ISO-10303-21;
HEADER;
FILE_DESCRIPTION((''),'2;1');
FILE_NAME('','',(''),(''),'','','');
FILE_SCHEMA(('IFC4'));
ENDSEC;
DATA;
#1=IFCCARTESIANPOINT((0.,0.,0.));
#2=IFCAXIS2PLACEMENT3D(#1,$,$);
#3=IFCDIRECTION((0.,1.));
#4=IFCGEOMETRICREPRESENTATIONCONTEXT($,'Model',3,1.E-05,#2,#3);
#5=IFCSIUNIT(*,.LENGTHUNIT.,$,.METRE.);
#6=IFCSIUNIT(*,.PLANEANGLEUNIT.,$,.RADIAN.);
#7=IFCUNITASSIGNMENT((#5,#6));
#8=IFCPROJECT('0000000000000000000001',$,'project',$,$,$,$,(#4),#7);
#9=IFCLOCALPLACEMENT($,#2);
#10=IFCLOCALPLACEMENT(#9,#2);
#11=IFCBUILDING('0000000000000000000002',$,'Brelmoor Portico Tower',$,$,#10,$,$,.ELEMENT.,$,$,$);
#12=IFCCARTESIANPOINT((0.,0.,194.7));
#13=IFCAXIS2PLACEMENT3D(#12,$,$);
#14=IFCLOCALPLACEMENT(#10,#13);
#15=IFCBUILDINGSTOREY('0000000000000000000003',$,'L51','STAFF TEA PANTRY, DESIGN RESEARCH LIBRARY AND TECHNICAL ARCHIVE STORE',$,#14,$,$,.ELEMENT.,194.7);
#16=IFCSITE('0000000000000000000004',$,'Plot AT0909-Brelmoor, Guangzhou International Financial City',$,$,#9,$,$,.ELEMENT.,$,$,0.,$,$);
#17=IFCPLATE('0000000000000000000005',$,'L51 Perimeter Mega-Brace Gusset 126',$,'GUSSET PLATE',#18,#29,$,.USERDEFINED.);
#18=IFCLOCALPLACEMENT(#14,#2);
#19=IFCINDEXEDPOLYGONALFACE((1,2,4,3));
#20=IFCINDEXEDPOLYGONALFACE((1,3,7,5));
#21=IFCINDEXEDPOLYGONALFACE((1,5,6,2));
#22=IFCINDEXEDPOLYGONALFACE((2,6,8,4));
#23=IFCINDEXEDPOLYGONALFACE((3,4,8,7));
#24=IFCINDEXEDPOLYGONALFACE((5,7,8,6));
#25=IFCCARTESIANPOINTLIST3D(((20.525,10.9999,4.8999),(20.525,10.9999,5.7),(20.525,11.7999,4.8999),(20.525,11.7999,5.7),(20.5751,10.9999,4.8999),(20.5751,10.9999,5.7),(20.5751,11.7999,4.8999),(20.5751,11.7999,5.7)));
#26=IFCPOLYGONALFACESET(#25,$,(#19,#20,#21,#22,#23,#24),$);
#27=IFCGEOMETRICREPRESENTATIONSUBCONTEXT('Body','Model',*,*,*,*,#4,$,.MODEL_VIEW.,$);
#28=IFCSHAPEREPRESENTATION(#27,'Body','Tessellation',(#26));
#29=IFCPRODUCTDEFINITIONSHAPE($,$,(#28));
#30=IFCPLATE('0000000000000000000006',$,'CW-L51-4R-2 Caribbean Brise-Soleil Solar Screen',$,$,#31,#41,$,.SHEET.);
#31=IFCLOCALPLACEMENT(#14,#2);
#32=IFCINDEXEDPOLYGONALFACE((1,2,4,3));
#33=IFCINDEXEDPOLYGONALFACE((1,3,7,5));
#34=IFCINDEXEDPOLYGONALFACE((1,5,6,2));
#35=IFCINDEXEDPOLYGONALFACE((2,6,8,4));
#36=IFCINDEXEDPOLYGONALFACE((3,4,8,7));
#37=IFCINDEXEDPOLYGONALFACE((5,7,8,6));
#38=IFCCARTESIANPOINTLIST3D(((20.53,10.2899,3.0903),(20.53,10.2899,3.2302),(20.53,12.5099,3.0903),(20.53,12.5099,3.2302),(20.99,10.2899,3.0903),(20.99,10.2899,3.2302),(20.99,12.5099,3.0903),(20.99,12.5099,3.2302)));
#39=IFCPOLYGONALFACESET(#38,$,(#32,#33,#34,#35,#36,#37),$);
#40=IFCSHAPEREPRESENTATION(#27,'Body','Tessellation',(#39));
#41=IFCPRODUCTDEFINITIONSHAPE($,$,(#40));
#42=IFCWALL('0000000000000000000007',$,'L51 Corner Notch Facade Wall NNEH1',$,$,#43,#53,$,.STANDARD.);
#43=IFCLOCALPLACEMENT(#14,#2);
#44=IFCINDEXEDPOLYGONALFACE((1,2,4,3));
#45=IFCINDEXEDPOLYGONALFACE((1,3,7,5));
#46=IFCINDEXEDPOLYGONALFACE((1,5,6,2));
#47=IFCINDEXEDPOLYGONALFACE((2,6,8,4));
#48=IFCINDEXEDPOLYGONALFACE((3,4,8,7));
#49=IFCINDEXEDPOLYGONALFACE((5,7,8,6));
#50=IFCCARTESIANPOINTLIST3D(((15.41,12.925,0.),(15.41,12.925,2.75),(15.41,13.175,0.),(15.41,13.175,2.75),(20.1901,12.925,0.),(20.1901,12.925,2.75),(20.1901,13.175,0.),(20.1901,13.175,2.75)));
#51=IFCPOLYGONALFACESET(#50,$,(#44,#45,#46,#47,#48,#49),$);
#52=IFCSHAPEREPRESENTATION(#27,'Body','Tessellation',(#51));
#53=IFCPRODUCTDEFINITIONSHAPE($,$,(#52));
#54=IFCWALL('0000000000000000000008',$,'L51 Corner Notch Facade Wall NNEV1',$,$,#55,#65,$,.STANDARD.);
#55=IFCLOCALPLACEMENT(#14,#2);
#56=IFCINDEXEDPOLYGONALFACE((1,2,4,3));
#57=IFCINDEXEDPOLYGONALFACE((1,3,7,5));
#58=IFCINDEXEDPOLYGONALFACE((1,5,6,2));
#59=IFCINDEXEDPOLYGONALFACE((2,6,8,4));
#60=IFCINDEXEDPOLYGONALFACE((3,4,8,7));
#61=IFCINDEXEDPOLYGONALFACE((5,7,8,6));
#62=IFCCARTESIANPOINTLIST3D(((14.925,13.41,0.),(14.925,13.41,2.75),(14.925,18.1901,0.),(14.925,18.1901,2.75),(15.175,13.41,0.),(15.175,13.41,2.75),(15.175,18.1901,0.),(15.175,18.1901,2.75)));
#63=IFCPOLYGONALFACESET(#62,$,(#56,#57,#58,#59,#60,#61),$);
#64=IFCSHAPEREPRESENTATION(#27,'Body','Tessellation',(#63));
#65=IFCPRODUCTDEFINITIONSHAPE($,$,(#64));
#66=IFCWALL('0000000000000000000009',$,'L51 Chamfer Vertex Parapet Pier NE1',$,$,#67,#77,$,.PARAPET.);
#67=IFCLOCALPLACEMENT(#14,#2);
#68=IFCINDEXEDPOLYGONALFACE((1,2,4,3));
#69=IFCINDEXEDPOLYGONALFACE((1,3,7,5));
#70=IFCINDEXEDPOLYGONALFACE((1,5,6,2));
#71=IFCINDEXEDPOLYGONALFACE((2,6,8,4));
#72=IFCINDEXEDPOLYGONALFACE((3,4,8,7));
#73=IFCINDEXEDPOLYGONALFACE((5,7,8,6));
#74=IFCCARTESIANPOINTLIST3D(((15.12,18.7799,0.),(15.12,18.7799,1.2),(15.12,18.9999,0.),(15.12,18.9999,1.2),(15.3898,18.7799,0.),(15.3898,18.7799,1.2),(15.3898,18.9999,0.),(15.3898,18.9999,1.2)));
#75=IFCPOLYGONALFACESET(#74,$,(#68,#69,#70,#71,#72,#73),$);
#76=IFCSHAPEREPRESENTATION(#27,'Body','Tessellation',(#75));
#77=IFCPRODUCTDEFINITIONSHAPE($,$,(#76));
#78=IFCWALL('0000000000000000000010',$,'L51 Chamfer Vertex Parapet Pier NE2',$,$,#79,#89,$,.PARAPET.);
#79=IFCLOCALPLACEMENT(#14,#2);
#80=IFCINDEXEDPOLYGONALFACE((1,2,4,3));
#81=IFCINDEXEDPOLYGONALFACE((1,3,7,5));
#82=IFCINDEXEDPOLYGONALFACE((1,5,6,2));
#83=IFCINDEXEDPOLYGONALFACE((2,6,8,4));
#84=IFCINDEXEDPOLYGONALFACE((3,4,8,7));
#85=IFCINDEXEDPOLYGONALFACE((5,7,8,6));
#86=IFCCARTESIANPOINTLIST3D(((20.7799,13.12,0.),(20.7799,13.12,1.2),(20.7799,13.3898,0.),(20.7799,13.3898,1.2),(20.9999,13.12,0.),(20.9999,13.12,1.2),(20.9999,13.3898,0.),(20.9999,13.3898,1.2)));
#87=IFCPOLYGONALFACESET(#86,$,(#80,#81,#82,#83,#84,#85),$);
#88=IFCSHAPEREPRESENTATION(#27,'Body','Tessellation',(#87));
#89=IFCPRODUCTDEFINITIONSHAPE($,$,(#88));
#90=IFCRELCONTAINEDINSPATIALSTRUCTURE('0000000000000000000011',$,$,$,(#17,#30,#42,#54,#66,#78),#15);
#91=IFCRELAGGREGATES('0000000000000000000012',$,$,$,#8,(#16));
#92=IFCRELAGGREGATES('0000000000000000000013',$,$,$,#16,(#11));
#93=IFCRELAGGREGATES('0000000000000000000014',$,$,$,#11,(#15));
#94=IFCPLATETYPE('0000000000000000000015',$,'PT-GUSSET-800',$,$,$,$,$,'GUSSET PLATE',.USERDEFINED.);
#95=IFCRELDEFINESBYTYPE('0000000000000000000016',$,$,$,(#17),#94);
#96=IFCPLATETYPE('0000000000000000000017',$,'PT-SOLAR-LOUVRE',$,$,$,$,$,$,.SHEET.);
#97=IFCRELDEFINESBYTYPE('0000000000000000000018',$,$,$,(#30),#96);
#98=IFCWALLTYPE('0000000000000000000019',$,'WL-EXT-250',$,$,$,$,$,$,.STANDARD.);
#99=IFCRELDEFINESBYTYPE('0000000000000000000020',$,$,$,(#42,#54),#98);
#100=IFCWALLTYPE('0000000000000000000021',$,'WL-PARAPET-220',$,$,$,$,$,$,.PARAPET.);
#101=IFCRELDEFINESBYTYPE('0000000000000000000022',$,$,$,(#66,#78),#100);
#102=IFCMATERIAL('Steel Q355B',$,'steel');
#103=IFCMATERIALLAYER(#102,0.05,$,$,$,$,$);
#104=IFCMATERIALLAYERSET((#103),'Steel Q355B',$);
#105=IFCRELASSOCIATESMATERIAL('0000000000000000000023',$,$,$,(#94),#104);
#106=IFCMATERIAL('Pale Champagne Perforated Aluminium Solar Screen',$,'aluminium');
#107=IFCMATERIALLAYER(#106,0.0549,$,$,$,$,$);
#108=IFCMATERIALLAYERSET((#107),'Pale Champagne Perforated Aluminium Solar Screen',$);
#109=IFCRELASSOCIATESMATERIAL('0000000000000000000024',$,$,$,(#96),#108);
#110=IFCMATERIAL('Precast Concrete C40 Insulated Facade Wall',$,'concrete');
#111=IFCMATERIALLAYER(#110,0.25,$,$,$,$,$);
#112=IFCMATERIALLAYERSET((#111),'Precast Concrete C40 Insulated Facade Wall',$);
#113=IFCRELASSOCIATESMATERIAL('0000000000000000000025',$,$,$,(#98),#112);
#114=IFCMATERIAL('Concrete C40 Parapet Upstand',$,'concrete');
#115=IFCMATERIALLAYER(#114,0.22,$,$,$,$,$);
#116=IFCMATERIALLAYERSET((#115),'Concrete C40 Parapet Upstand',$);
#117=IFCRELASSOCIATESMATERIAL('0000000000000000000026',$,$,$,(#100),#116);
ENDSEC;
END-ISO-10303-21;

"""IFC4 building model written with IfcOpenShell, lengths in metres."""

from ifc_helpers import new_model, si_unit, direction, frame, frame_2d, origin, origin_2d, place, context, subcontext, project, spatial, rectangle, extrude, material, layer, layer_set, type_object, element, save


model = new_model("IFC4")

# Units and contexts
model_context = context("Model", 3, precision=1e-05, world=origin(), true_north=direction((0.0, 1.0)))
body_context = subcontext(model_context, "Body", "Model", "MODEL_VIEW")
ifc_project = project(units=[si_unit("LENGTHUNIT", "METRE"), si_unit("PLANEANGLEUNIT", "RADIAN")], contexts=[model_context])

# Site, building, storey
site_placement = place(None, origin())
site = spatial("IfcSite", under=ifc_project, at=site_placement, Name="Plot AT0909-Brelmoor, Guangzhou International Financial City", CompositionType="ELEMENT", RefElevation=0.0)
building_placement = place(site_placement, origin())
building = spatial("IfcBuilding", under=site, at=building_placement, Name="Brelmoor Portico Tower", CompositionType="ELEMENT")
storey_placement = place(building_placement, frame((0.0, 0.0, 194.7)))
storey = spatial("IfcBuildingStorey", under=building, at=storey_placement, Name="L51", Description="STAFF TEA PANTRY, DESIGN RESEARCH LIBRARY AND TECHNICAL ARCHIVE STORE", CompositionType="ELEMENT", Elevation=194.7)

# Shared definitions
ifc_material_1 = material(Name="Steel Q355B", Category="steel")

# Plates
ifc_layer_1 = layer(ifc_material_1, 0.05)
ifc_layer_set_1 = layer_set([ifc_layer_1], Name="Steel Q355B")
plate_type_1 = type_object("IfcPlateType", Name="PT-GUSSET-800", ElementType="GUSSET PLATE", PredefinedType="USERDEFINED", material=ifc_layer_set_1)
plate_1_placement = place(storey_placement, frame((20.55, 11.3999, 4.8999), z_axis=(0.0, 0.0, 1.0), x_axis=(1.0, 0.0, 0.0)))
element("IfcPlate", 1, at=plate_1_placement, inside=storey, type_object=plate_type_1, Name="L51 Perimeter Mega-Brace Gusset 126", ObjectType="GUSSET PLATE", PredefinedType="USERDEFINED", context=body_context, shape_type="SweptSolid", body=[
    extrude(rectangle(XDim=0.05, YDim=0.8, at=origin_2d()), origin(), (0.0, 0.0, 1.0), 0.8),
])
ifc_material_2 = material(Name="Pale Champagne Perforated Aluminium Solar Screen", Category="aluminium")
ifc_layer_2 = layer(ifc_material_2, 0.0549)
ifc_layer_set_2 = layer_set([ifc_layer_2], Name="Pale Champagne Perforated Aluminium Solar Screen")
plate_type_2 = type_object("IfcPlateType", Name="PT-SOLAR-LOUVRE", PredefinedType="SHEET", material=ifc_layer_set_2)
plate_2_placement = place(storey_placement, frame((20.76, 11.3999, 3.0903), z_axis=(0.0, 0.0, 1.0), x_axis=(0.0, 1.0, 0.0)))
element("IfcPlate", 2, at=plate_2_placement, inside=storey, type_object=plate_type_2, Name="CW-L51-4R-2 Caribbean Brise-Soleil Solar Screen", PredefinedType="SHEET", context=body_context, shape_type="SweptSolid", body=[
    extrude(rectangle(XDim=2.22, YDim=0.46, at=origin_2d()), origin(), (0.0, 0.0, 1.0), 0.1399),
])

# Walls
ifc_material_3 = material(Name="Precast Concrete C40 Insulated Facade Wall", Category="concrete")
ifc_layer_3 = layer(ifc_material_3, 0.25)
ifc_layer_set_3 = layer_set([ifc_layer_3], Name="Precast Concrete C40 Insulated Facade Wall")
wall_type_1 = type_object("IfcWallType", Name="WL-EXT-250", PredefinedType="STANDARD", material=ifc_layer_set_3)
for number, where, z_axis, x_axis, name in (
    (3, (15.4099, 13.05, 0.0), (0.0, 0.0, 1.0), (1.0, 0.0, 0.0), "L51 Corner Notch Facade Wall NNEH1"),
    (4, (15.05, 13.4099, 0.0), (0.0, 0.0, 1.0), (0.0, 1.0, 0.0), "L51 Corner Notch Facade Wall NNEV1"),
):
    element("IfcWall", number, at=place(storey_placement, frame(where, z_axis=z_axis, x_axis=x_axis)), inside=storey, type_object=wall_type_1, Name=name, PredefinedType="STANDARD", context=body_context, shape_type="SweptSolid", body=[
        extrude(rectangle(XDim=4.78, YDim=0.25, at=frame_2d((2.3901, 0.0))), origin(), (0.0, 0.0, 1.0), 2.75),
    ])
ifc_material_4 = material(Name="Concrete C40 Parapet Upstand", Category="concrete")
ifc_layer_4 = layer(ifc_material_4, 0.22)
ifc_layer_set_4 = layer_set([ifc_layer_4], Name="Concrete C40 Parapet Upstand")
wall_type_2 = type_object("IfcWallType", Name="WL-PARAPET-220", PredefinedType="PARAPET", material=ifc_layer_set_4)
for number, where, z_axis, x_axis, name in (
    (5, (15.1201, 18.8899, 0.0), (0.0, 0.0, 1.0), (1.0, 0.0, 0.0), "L51 Chamfer Vertex Parapet Pier NE1"),
    (6, (20.8899, 13.1201, 0.0), (0.0, 0.0, 1.0), (0.0, 1.0, 0.0), "L51 Chamfer Vertex Parapet Pier NE2"),
):
    element("IfcWall", number, at=place(storey_placement, frame(where, z_axis=z_axis, x_axis=x_axis)), inside=storey, type_object=wall_type_2, Name=name, PredefinedType="PARAPET", context=body_context, shape_type="SweptSolid", body=[
        extrude(rectangle(XDim=0.2698, YDim=0.22, at=frame_2d((0.1348, 0.0))), origin(), (0.0, 0.0, 1.0), 1.2),
    ])

save(model, "model.ifc")
